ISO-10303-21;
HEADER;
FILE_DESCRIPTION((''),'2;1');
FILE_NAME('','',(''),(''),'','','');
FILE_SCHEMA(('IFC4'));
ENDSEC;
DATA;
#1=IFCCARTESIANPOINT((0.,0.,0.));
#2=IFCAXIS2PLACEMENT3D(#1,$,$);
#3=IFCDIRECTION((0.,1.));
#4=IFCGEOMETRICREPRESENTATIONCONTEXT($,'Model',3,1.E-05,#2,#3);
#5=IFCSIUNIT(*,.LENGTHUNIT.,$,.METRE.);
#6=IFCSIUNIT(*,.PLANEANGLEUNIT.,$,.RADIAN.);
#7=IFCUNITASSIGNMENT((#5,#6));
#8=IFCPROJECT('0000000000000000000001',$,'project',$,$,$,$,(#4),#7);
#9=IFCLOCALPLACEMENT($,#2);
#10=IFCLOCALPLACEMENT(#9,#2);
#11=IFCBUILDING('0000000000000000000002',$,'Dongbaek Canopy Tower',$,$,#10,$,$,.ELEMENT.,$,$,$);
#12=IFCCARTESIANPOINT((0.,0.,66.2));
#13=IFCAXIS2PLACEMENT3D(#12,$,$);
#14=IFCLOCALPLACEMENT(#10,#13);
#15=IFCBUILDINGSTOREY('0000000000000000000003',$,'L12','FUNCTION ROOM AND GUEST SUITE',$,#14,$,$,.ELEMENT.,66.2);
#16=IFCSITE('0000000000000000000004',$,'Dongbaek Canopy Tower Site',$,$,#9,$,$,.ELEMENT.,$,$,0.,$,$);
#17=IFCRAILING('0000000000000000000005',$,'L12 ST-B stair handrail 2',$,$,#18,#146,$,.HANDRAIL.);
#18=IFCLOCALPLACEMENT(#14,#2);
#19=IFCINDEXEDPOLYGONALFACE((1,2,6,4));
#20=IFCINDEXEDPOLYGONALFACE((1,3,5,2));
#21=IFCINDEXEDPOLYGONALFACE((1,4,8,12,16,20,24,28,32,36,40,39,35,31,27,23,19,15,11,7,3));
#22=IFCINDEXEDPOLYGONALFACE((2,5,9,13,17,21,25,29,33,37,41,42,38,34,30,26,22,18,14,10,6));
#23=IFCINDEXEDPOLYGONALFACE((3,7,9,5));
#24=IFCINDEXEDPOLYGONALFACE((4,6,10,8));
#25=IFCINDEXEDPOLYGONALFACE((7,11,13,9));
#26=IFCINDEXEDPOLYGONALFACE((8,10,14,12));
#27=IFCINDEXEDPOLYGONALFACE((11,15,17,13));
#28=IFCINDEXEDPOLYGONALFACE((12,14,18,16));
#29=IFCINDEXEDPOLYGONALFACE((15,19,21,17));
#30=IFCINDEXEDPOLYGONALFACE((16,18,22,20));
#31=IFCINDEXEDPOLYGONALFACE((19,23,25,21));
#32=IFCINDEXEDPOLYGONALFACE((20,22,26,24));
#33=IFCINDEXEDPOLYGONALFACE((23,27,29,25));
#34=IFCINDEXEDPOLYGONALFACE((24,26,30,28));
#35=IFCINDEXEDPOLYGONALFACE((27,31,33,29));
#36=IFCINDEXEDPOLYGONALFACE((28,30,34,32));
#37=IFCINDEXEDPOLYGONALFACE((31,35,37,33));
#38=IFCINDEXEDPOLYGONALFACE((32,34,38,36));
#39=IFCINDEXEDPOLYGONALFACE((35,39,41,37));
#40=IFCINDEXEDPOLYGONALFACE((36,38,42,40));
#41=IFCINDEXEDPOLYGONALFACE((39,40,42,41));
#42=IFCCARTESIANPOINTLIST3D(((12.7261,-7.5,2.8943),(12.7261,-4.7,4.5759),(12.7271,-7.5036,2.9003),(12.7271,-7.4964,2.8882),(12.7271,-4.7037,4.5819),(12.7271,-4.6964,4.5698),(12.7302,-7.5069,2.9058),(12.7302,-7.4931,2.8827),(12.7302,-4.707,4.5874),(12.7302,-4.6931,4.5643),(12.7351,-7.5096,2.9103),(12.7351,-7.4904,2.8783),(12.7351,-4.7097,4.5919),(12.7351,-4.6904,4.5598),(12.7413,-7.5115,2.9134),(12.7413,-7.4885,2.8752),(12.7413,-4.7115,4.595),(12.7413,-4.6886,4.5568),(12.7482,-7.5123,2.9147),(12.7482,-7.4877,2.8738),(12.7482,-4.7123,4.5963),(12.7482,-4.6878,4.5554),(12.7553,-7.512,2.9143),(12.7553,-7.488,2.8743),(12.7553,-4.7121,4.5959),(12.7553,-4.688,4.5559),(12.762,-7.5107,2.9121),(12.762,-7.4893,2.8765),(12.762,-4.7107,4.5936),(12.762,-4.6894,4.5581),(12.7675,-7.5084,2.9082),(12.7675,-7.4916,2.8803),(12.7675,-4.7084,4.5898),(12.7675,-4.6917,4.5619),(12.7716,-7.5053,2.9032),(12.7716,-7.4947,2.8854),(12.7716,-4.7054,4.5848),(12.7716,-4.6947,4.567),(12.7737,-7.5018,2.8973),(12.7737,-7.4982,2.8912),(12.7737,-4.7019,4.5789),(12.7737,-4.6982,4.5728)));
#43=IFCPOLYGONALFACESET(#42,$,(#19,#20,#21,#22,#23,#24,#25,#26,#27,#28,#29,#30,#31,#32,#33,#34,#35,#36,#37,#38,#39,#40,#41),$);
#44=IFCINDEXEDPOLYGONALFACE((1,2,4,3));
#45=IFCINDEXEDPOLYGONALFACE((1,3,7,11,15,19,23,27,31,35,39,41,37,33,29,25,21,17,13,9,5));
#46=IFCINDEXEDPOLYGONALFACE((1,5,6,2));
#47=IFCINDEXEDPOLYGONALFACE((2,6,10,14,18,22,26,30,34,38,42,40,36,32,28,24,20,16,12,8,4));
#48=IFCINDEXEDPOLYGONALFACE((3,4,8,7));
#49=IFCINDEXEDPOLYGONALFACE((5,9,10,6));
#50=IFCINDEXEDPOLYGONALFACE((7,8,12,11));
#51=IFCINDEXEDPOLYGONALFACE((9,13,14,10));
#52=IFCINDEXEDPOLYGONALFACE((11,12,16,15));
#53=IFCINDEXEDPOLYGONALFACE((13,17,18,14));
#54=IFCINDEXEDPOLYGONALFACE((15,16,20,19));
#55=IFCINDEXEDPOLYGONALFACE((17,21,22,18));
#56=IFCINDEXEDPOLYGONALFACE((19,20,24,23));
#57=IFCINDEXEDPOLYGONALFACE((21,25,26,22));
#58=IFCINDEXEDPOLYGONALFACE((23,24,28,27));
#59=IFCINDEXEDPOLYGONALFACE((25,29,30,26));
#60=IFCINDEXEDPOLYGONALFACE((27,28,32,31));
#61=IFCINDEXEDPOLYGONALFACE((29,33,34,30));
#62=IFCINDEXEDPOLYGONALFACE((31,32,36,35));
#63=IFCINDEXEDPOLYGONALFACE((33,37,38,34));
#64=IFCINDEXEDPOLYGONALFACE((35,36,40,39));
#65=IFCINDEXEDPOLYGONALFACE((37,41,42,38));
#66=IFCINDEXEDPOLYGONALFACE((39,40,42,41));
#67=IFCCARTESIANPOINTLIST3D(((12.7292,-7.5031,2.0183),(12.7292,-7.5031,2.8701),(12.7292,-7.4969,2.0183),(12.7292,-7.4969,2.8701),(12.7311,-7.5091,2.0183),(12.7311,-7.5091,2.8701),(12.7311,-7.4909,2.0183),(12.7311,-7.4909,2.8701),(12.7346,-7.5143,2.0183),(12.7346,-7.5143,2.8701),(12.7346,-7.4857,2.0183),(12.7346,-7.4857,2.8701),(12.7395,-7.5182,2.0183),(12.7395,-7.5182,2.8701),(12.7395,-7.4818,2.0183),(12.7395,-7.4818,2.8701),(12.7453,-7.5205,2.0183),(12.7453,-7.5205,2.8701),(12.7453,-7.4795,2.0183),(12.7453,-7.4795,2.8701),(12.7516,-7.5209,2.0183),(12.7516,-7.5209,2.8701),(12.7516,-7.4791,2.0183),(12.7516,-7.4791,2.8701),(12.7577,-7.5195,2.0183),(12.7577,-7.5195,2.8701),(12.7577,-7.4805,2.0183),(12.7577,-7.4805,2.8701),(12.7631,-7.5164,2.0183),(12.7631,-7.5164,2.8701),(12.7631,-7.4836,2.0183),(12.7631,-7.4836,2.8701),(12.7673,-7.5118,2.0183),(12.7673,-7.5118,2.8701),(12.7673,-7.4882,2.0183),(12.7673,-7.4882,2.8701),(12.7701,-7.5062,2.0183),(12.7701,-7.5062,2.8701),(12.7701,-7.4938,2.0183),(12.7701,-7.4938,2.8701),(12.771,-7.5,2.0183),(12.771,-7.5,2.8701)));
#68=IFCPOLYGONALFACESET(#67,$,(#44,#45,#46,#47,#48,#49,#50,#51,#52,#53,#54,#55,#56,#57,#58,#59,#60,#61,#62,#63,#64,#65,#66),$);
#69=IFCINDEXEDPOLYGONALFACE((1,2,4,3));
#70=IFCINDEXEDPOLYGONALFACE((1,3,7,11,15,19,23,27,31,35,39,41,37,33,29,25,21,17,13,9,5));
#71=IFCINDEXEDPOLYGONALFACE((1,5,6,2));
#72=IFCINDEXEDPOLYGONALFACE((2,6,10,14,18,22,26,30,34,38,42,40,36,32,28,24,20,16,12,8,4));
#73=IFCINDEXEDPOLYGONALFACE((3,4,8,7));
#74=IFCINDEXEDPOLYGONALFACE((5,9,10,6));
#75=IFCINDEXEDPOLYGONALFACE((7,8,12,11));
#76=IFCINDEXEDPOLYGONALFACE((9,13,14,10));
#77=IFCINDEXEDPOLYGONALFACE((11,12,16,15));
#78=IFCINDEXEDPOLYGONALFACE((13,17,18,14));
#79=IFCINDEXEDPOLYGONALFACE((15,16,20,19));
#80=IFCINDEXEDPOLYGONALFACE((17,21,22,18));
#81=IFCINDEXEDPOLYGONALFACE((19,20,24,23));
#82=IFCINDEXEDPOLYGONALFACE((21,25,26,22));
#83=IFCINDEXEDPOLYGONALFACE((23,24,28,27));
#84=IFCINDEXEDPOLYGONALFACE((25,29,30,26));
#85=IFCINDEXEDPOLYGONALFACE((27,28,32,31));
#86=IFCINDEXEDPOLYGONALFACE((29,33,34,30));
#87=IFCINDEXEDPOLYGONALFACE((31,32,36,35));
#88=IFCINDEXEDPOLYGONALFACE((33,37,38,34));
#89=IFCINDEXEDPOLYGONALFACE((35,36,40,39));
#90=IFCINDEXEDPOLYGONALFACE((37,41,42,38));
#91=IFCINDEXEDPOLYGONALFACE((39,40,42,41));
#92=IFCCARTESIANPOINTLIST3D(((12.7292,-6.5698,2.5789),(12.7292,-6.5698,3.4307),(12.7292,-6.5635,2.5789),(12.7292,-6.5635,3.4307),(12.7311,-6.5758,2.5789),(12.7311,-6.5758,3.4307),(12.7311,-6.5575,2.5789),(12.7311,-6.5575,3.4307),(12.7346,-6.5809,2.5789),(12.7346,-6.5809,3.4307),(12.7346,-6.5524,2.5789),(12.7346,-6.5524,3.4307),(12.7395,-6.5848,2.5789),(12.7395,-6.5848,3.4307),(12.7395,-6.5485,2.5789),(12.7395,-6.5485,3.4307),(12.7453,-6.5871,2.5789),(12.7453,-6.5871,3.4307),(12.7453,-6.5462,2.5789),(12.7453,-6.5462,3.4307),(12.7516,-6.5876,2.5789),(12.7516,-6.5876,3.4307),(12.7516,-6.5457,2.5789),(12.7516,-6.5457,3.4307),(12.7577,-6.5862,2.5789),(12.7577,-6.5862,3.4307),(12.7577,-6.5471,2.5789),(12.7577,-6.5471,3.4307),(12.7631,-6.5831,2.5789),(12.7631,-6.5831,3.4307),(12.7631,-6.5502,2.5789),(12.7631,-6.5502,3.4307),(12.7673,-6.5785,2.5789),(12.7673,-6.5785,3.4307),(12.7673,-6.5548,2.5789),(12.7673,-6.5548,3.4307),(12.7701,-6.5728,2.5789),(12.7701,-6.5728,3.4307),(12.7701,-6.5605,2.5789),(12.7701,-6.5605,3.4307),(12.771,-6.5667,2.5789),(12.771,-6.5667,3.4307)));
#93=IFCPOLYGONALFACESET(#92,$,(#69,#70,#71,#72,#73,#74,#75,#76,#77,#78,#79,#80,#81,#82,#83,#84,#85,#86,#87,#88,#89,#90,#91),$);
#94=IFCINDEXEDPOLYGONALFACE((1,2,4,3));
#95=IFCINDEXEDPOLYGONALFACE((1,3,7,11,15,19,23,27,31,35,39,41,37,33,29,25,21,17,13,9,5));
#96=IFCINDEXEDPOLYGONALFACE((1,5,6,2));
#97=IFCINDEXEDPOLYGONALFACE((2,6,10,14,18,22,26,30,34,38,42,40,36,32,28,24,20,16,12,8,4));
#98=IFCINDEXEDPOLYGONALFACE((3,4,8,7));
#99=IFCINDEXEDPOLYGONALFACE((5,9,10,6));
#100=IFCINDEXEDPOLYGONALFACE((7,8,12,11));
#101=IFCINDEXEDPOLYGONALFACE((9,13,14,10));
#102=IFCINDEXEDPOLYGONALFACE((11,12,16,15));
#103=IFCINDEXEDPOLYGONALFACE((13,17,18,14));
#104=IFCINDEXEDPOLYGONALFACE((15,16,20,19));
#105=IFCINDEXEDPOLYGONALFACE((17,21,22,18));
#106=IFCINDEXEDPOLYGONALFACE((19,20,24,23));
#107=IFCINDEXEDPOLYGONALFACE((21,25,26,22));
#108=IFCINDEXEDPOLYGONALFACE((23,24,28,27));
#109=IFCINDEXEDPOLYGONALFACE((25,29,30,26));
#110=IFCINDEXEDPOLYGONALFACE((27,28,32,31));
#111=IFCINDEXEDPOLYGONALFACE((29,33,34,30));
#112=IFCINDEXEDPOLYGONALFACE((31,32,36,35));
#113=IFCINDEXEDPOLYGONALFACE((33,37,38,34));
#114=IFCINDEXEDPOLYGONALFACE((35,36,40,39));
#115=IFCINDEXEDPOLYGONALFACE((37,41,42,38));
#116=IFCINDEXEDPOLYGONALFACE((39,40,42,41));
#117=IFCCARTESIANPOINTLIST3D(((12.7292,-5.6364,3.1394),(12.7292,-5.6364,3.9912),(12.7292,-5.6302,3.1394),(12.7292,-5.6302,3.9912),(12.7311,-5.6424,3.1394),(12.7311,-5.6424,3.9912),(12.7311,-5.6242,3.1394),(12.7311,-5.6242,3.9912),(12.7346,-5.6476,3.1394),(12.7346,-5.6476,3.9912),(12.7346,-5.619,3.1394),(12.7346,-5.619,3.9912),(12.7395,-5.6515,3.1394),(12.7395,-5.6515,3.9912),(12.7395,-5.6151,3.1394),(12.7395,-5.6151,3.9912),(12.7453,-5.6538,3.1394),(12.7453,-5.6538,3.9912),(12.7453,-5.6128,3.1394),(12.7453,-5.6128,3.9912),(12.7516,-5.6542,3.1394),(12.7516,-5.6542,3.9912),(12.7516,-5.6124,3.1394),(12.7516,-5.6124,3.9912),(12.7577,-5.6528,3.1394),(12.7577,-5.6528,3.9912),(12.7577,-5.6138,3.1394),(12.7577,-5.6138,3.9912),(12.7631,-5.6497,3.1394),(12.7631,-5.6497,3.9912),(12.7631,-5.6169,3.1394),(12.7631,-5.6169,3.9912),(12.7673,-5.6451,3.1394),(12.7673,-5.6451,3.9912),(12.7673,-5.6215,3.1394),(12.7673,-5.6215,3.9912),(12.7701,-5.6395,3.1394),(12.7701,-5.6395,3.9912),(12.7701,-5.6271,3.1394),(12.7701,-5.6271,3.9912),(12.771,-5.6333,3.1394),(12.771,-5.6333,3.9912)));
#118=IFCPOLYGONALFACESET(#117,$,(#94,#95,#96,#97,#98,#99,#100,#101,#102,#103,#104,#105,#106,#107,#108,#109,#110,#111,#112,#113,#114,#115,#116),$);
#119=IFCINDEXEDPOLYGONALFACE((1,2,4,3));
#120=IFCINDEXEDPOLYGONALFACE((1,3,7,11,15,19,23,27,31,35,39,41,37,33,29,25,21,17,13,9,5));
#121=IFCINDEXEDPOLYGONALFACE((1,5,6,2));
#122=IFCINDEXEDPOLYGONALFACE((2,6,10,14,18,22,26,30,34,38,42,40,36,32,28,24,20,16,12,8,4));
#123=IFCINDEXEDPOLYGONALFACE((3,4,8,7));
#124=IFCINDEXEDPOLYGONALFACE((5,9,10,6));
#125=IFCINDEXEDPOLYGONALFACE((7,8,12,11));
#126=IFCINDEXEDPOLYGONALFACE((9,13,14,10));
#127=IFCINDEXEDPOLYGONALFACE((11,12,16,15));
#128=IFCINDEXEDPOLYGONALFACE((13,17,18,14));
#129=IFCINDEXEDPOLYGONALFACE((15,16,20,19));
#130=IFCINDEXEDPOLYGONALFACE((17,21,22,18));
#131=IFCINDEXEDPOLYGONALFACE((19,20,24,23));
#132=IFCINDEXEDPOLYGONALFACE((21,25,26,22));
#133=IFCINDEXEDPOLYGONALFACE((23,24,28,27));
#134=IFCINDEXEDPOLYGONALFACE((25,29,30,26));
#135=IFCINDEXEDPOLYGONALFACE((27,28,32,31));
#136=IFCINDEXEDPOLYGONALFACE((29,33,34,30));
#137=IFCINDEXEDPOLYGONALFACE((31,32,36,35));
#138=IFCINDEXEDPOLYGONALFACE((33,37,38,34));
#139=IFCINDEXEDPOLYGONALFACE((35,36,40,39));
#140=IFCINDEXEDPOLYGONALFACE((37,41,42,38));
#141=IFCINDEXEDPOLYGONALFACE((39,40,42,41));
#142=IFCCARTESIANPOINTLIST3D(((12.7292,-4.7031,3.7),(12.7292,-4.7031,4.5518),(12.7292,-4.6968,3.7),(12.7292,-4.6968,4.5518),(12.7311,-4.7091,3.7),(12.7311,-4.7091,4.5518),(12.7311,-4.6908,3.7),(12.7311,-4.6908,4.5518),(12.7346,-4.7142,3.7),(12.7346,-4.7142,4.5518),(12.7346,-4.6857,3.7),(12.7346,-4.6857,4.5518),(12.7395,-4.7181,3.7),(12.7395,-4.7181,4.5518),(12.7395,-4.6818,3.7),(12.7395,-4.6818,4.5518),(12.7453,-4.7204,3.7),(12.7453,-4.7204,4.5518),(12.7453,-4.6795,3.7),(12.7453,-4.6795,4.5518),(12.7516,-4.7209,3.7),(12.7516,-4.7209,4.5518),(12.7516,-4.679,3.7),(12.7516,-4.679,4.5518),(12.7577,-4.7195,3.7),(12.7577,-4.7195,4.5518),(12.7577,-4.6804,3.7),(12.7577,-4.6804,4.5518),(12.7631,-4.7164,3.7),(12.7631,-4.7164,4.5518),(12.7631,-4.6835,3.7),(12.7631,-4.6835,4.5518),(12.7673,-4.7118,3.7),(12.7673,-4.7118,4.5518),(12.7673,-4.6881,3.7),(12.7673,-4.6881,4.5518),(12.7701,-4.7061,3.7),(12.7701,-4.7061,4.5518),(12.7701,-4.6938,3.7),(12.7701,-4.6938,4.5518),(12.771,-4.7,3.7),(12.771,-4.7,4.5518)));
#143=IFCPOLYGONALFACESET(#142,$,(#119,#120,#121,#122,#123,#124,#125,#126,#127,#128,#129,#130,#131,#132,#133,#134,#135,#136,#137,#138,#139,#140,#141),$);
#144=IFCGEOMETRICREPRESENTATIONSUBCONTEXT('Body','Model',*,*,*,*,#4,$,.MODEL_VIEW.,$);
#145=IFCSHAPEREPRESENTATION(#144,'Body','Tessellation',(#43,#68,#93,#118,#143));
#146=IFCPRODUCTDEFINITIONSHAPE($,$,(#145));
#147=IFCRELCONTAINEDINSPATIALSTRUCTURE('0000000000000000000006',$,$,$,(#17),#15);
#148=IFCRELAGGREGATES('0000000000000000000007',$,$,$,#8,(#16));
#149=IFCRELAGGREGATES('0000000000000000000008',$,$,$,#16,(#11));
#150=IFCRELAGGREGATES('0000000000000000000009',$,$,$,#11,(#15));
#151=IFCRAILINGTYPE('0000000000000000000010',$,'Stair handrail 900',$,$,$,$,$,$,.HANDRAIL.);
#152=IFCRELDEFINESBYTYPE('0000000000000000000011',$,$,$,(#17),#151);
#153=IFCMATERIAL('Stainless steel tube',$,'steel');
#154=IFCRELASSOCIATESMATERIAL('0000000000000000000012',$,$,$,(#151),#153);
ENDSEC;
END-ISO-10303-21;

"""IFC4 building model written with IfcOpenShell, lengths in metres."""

from ifc_helpers import new_model, si_unit, direction, frame, origin, origin_2d, place, context, subcontext, project, spatial, circle, extrude, material, type_object, element, save


model = new_model("IFC4")

# Units and contexts
model_context = context("Model", 3, precision=1e-05, world=origin(), true_north=direction((0.0, 1.0)))
body_context = subcontext(model_context, "Body", "Model", "MODEL_VIEW")
ifc_project = project(units=[si_unit("LENGTHUNIT", "METRE"), si_unit("PLANEANGLEUNIT", "RADIAN")], contexts=[model_context])

# Site, building, storey
site_placement = place(None, origin())
site = spatial("IfcSite", under=ifc_project, at=site_placement, Name="Dongbaek Canopy Tower Site", CompositionType="ELEMENT", RefElevation=0.0)
building_placement = place(site_placement, origin())
building = spatial("IfcBuilding", under=site, at=building_placement, Name="Dongbaek Canopy Tower", CompositionType="ELEMENT")
storey_placement = place(building_placement, frame((0.0, 0.0, 66.2)))
storey = spatial("IfcBuildingStorey", under=building, at=storey_placement, Name="L12", Description="FUNCTION ROOM AND GUEST SUITE", CompositionType="ELEMENT", Elevation=66.2)

# Railing
ifc_material_1 = material(Name="Stainless steel tube", Category="steel")
railing_type_1 = type_object("IfcRailingType", Name="Stair handrail 900", PredefinedType="HANDRAIL", material=ifc_material_1)
railing_1_placement = place(storey_placement, frame((12.75, -7.5, 2.0183)))
element("IfcRailing", 1, at=railing_1_placement, inside=storey, type_object=railing_type_1, Name="L12 ST-B stair handrail 2", PredefinedType="HANDRAIL", context=body_context, shape_type="SweptSolid", body=[
    extrude(circle(Radius=0.0239, at=origin_2d()), frame((0.0, 0.0, 0.876), z_axis=(0.0, 0.857275, 0.514858), x_axis=(-1.0, 0.0, 0.0)), (0.0, 0.0, 1.0), 3.2661),
    extrude(circle(Radius=0.021, at=origin_2d()), origin(), (0.0, 0.0, 1.0), 0.8518),
    extrude(circle(Radius=0.021, at=origin_2d()), frame((0.0, 0.9333, 0.5605)), (0.0, 0.0, 1.0), 0.8518),
    extrude(circle(Radius=0.021, at=origin_2d()), frame((0.0, 1.8667, 1.1211)), (0.0, 0.0, 1.0), 0.8518),
    extrude(circle(Radius=0.021, at=origin_2d()), frame((0.0, 2.8, 1.6816)), (0.0, 0.0, 1.0), 0.8518),
])

save(model, "model.ifc")
